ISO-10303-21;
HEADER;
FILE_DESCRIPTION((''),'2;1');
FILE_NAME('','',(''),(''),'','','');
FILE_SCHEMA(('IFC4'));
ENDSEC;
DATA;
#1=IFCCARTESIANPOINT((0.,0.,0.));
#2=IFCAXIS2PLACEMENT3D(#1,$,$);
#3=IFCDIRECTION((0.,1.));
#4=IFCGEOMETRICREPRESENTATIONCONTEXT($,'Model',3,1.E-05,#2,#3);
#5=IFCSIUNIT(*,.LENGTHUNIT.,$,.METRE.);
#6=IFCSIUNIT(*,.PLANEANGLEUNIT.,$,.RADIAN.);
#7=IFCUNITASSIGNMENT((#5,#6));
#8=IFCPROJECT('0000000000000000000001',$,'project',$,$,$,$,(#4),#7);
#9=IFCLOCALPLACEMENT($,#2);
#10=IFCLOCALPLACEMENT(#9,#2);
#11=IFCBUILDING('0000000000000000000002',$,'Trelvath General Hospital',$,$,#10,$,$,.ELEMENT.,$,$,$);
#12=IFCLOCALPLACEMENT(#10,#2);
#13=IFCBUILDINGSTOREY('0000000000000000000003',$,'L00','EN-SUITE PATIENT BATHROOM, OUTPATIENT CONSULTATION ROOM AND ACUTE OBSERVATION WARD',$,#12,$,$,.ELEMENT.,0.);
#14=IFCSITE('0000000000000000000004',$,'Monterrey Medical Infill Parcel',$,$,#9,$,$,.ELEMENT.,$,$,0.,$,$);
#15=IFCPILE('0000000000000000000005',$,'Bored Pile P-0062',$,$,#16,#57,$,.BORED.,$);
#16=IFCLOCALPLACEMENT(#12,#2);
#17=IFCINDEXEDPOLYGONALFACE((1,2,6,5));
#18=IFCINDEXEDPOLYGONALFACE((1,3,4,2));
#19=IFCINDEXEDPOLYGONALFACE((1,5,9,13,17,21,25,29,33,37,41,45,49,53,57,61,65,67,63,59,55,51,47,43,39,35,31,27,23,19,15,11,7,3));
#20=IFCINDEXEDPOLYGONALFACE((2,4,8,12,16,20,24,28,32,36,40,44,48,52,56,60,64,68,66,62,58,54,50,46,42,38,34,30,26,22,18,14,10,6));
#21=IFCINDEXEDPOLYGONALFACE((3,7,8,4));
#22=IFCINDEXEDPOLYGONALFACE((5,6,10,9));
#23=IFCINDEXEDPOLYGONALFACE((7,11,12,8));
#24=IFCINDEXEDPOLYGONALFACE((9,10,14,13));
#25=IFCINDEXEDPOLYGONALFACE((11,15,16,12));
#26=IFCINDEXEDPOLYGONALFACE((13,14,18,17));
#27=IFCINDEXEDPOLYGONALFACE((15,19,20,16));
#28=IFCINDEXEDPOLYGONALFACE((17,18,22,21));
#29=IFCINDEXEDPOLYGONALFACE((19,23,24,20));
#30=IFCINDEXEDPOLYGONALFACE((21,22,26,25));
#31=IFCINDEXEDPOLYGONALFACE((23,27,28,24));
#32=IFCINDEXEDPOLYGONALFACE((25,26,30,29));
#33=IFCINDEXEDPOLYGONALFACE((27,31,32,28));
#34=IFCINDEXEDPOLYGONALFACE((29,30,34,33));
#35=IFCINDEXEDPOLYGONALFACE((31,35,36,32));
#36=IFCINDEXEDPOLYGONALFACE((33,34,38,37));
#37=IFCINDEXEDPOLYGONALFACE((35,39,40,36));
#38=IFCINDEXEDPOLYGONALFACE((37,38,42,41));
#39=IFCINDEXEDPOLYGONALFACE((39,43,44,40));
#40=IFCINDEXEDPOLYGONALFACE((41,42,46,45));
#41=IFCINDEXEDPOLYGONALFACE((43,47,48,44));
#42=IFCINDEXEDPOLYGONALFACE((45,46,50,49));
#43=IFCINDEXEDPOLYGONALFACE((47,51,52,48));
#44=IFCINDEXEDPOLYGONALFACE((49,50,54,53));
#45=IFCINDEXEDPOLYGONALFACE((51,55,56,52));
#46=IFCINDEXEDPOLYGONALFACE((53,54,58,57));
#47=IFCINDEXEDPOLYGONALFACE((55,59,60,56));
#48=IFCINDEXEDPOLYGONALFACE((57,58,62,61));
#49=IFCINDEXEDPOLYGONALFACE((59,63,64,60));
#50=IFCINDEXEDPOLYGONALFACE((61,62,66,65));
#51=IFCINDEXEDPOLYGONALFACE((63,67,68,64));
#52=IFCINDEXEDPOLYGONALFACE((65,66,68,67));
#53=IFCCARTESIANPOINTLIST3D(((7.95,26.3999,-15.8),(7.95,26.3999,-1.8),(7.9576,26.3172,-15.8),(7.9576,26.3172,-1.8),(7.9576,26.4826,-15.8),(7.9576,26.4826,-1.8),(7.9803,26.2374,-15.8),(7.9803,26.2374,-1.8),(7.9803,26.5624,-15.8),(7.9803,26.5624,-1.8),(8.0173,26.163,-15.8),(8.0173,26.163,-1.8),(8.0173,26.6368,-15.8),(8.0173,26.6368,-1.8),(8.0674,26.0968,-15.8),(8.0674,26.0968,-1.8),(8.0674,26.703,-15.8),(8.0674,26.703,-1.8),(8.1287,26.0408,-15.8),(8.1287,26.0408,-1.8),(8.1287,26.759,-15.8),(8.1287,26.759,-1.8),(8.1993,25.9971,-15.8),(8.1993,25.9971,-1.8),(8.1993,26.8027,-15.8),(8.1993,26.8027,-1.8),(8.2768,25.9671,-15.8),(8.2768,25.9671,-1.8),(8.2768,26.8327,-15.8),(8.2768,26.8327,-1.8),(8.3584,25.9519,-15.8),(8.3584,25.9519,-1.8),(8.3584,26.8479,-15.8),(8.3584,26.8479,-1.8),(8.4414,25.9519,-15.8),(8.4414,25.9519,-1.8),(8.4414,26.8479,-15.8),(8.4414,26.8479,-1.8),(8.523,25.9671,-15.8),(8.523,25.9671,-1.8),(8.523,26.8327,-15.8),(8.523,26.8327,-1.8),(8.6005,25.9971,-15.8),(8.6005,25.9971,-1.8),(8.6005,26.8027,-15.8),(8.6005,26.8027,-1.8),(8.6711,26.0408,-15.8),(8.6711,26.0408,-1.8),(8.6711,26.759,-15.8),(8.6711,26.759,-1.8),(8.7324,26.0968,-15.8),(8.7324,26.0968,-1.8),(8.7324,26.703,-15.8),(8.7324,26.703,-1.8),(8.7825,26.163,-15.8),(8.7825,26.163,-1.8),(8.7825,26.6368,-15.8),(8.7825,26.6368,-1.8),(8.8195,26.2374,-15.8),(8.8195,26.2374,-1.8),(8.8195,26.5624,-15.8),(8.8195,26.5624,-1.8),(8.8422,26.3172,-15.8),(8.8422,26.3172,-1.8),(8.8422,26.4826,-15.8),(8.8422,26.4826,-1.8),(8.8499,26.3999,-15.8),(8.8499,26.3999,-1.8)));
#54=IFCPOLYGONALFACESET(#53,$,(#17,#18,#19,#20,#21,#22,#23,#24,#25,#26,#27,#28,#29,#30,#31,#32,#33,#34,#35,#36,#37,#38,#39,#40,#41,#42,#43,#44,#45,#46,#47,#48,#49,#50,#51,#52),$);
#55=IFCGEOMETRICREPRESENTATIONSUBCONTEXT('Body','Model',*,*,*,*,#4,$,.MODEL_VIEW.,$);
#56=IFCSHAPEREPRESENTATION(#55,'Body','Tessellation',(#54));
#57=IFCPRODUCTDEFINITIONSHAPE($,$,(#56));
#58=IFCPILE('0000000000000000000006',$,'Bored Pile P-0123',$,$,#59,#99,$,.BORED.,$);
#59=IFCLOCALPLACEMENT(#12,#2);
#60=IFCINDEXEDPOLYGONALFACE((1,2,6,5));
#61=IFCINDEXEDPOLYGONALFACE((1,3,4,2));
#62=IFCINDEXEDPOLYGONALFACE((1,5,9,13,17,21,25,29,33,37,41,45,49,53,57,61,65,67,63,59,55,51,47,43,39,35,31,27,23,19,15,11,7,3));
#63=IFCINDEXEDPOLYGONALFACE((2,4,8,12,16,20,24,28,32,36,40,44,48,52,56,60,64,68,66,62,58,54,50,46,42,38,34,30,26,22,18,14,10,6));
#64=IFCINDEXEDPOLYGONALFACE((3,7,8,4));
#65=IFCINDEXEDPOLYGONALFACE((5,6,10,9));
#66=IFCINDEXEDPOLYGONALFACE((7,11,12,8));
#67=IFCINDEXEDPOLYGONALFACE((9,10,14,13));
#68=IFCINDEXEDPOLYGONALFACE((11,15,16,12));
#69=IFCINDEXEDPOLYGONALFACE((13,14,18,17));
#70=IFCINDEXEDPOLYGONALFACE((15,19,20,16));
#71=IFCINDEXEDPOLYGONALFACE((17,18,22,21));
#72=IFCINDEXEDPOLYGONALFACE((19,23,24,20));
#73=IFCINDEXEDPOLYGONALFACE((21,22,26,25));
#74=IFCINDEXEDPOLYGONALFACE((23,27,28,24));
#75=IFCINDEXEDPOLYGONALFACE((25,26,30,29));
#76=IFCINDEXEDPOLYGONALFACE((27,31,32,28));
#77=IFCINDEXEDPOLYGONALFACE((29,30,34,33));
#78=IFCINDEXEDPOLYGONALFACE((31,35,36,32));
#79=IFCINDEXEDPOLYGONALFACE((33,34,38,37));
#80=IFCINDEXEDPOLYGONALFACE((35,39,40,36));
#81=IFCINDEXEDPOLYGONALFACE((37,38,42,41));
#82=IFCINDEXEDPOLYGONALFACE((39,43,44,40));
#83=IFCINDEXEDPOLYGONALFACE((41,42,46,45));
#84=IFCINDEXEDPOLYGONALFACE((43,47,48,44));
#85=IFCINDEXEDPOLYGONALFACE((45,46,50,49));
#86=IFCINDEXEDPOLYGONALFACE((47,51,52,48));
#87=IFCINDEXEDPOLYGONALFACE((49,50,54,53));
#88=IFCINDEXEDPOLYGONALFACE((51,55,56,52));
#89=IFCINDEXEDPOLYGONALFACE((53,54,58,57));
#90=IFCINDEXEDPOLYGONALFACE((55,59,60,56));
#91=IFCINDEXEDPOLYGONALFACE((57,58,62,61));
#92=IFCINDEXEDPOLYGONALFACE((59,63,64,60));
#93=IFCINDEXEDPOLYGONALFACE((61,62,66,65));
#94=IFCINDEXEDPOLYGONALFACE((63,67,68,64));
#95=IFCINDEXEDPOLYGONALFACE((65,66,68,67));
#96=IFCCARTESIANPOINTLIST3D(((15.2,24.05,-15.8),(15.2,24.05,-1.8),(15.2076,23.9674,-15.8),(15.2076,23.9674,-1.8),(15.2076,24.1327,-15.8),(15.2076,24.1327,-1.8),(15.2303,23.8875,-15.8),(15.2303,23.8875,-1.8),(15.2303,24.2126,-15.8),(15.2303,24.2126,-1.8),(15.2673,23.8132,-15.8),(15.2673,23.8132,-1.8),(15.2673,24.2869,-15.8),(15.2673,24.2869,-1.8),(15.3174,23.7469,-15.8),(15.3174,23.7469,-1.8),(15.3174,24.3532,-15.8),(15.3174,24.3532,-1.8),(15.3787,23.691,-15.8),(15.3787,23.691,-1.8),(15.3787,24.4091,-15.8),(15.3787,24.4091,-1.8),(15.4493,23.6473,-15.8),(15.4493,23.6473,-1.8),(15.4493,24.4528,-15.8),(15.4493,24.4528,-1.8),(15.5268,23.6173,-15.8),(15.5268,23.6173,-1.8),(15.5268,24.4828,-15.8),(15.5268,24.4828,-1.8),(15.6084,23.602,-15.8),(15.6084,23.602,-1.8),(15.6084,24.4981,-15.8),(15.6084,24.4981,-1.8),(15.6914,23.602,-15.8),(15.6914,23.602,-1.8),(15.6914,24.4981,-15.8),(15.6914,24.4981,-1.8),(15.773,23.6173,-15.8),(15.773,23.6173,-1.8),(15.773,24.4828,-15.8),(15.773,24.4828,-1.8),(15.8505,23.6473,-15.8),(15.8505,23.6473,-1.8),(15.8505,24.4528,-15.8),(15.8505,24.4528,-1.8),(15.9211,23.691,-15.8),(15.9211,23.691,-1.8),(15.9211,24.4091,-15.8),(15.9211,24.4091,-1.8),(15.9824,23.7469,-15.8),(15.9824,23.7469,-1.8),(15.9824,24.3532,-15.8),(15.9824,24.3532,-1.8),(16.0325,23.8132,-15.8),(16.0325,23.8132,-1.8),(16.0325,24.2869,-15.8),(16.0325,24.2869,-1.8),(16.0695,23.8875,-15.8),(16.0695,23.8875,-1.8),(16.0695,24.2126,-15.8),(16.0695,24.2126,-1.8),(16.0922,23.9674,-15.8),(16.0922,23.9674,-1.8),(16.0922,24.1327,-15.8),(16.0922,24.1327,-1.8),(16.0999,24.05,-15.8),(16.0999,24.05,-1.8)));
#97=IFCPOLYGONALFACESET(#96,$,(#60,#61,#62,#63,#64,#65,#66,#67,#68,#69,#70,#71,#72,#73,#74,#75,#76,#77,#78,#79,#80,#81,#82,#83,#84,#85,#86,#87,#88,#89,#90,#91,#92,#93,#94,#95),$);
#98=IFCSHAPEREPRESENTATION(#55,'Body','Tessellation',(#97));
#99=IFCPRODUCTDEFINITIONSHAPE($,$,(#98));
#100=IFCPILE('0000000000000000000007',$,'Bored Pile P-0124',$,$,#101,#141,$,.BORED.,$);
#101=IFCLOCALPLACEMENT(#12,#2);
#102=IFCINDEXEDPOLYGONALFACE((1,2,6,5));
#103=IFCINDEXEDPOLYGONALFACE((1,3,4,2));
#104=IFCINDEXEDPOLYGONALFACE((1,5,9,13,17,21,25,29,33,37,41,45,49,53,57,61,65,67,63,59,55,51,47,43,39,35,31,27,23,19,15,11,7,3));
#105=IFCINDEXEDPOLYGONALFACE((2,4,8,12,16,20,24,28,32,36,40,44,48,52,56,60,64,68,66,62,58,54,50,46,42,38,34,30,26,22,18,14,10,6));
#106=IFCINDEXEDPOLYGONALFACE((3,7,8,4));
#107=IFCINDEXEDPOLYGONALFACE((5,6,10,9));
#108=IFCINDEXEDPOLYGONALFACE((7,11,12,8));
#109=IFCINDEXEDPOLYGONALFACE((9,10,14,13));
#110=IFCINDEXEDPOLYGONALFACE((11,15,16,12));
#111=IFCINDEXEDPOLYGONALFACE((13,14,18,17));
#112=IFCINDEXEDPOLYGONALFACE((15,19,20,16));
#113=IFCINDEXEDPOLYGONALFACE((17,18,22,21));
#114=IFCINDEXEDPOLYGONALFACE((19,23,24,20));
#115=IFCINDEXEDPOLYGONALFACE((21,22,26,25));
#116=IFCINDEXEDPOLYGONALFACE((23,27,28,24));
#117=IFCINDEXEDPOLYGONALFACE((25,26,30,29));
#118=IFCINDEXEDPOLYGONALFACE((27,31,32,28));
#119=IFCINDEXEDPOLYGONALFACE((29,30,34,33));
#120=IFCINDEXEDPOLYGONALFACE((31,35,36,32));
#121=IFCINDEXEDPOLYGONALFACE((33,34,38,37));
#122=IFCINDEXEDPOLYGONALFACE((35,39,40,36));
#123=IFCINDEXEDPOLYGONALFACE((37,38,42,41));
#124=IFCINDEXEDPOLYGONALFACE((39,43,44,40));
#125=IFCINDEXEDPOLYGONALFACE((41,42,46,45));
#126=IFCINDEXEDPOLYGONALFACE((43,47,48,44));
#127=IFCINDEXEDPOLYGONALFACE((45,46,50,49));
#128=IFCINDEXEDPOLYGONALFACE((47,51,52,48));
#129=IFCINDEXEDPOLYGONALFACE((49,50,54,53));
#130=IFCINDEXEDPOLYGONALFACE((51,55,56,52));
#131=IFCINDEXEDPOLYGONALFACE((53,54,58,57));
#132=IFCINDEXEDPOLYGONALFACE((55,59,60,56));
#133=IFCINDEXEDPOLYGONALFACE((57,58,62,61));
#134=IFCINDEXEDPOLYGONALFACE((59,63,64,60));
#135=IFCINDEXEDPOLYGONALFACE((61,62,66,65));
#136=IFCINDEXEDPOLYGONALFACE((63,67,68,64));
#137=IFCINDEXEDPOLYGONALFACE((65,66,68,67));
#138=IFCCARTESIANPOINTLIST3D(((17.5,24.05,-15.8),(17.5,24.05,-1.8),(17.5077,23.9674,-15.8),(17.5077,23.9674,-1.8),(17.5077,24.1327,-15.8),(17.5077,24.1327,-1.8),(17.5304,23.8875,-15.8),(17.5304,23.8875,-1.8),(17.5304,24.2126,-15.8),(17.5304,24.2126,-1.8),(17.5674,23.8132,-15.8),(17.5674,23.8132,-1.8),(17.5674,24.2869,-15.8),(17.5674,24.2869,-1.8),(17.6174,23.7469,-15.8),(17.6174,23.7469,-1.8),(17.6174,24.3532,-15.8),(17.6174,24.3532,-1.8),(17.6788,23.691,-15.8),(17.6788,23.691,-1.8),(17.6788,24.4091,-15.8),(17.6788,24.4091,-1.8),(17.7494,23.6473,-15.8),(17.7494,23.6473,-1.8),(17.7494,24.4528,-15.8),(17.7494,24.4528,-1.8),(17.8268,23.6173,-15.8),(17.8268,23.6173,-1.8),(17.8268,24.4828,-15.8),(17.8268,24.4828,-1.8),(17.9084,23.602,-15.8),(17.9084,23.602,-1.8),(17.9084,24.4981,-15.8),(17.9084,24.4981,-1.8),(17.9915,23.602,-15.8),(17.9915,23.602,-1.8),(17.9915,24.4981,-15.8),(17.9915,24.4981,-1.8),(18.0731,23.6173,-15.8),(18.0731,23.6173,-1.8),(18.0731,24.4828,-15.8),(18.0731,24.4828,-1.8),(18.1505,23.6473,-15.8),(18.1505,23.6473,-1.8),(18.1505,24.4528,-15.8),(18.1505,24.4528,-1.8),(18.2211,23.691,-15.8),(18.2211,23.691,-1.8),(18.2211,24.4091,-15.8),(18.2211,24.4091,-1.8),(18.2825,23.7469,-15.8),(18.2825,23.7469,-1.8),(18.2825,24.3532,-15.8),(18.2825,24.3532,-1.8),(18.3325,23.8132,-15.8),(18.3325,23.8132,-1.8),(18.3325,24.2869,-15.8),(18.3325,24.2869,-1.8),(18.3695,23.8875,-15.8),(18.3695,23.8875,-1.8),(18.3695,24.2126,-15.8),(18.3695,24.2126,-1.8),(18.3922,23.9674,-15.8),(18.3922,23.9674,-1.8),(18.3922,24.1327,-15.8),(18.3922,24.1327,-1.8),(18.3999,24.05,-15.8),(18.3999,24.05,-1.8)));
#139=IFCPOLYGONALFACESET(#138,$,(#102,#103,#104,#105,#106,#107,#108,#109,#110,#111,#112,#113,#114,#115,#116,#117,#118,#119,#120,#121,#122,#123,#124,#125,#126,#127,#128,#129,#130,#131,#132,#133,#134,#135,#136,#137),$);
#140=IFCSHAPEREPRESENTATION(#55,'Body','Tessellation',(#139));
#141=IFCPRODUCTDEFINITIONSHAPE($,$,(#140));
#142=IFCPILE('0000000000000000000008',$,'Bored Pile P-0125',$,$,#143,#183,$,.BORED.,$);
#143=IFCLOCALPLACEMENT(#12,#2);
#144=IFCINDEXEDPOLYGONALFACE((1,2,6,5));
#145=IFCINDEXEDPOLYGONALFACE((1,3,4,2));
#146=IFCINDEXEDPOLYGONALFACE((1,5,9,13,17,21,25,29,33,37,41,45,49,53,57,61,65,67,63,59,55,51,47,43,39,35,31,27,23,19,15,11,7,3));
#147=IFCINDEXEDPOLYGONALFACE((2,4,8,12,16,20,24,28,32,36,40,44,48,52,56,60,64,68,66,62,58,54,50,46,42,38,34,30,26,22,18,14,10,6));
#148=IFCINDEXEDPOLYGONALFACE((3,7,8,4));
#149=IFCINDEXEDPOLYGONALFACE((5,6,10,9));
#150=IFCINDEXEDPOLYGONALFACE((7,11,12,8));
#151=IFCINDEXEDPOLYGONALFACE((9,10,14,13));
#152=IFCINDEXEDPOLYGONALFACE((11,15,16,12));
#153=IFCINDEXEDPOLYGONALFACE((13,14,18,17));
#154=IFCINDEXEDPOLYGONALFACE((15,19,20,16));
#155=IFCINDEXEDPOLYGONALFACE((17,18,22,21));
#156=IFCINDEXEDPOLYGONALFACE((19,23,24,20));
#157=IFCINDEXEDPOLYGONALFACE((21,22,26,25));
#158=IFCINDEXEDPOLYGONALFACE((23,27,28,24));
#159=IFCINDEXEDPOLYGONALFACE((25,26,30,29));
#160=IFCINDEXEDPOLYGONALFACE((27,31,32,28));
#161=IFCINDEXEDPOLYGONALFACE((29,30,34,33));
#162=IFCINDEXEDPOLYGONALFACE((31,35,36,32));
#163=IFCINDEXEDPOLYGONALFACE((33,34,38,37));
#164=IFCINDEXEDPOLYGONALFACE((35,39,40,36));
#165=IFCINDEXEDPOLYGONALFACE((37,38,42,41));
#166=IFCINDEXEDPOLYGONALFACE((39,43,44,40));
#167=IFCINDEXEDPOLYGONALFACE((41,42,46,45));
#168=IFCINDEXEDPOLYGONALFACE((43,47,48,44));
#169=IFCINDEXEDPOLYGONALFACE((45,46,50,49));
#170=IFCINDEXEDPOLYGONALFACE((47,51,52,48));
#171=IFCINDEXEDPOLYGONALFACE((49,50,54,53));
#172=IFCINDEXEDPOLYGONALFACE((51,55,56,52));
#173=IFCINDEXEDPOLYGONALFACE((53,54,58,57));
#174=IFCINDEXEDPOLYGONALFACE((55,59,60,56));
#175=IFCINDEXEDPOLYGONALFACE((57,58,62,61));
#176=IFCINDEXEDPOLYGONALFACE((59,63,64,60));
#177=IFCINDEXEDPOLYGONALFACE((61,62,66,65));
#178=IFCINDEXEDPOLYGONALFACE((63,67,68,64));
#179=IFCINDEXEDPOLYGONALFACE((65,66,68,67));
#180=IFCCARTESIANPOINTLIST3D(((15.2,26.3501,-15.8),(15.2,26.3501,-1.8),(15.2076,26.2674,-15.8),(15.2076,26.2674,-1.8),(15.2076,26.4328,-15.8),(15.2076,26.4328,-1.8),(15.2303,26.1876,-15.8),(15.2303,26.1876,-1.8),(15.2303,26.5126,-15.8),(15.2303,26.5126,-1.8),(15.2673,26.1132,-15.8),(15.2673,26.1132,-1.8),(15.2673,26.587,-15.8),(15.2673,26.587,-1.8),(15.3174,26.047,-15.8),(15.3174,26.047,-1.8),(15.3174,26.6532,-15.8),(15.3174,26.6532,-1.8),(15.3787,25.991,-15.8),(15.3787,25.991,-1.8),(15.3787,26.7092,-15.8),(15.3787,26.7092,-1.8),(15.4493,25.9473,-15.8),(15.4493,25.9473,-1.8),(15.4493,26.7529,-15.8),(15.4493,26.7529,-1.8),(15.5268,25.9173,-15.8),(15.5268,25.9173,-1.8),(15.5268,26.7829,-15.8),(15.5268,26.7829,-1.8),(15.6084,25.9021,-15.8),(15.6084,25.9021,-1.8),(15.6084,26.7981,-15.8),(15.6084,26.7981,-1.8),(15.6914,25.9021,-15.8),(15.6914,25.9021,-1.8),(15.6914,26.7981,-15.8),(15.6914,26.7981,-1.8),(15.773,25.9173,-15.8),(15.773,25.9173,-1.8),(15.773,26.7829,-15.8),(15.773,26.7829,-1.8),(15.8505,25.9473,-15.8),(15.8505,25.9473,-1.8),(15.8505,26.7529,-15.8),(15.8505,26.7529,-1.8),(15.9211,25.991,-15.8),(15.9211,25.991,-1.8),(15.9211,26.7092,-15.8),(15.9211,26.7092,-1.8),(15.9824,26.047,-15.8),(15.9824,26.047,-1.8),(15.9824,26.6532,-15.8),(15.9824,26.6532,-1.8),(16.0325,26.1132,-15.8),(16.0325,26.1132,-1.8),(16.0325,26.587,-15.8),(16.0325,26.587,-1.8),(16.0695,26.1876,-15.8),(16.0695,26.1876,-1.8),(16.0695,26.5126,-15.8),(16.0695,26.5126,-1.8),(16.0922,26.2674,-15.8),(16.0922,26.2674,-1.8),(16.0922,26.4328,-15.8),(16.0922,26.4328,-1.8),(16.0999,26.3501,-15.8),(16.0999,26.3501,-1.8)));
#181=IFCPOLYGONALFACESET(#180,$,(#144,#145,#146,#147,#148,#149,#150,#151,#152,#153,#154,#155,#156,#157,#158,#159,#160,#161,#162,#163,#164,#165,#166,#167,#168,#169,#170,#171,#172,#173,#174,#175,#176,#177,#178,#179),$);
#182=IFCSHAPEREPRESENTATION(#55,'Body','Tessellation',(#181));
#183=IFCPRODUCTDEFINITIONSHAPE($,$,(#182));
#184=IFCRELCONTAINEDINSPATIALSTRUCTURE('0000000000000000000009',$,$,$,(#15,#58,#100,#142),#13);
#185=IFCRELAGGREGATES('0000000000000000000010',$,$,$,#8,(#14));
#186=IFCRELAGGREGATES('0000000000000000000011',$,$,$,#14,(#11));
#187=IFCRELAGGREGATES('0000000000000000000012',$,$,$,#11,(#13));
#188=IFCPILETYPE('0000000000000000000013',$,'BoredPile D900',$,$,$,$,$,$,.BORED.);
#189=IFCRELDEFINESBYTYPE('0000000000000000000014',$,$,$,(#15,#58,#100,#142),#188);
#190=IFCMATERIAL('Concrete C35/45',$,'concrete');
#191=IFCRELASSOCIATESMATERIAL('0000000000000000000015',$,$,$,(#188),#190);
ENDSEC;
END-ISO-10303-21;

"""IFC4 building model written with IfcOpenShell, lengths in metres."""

from ifc_helpers import new_model, si_unit, direction, frame, origin, origin_2d, place, context, subcontext, project, spatial, circle, extrude, material, material_profile, profile_set, type_object, element, save


model = new_model("IFC4")

# Units and contexts
model_context = context("Model", 3, precision=1e-05, world=origin(), true_north=direction((0.0, 1.0)))
body_context = subcontext(model_context, "Body", "Model", "MODEL_VIEW")
ifc_project = project(units=[si_unit("LENGTHUNIT", "METRE"), si_unit("PLANEANGLEUNIT", "RADIAN")], contexts=[model_context])

# Site, building, storey
site_placement = place(None, origin())
site = spatial("IfcSite", under=ifc_project, at=site_placement, Name="Monterrey Medical Infill Parcel", CompositionType="ELEMENT", RefElevation=0.0)
building_placement = place(site_placement, origin())
building = spatial("IfcBuilding", under=site, at=building_placement, Name="Trelvath General Hospital", CompositionType="ELEMENT")
storey_placement = place(building_placement, origin())
storey = spatial("IfcBuildingStorey", under=building, at=storey_placement, Name="L00", Description="EN-SUITE PATIENT BATHROOM, OUTPATIENT CONSULTATION ROOM AND ACUTE OBSERVATION WARD", CompositionType="ELEMENT", Elevation=0.0)

# Piles
ifc_material_1 = material(Name="Concrete C35/45", Category="concrete")
ifc_material_profile_1 = material_profile(ifc_material_1, circle(Radius=0.45, at=origin_2d()), Name="PILE900")
ifc_profile_set_1 = profile_set([ifc_material_profile_1], Name="Concrete C35/45")
pile_type_1 = type_object("IfcPileType", Name="BoredPile D900", PredefinedType="BORED", material=ifc_profile_set_1)
for number, where, z_axis, x_axis, name in (
    (1, (8.3999, 26.3999, -1.8), (0.0, 0.0, -1.0), (1.0, 0.0, 0.0), "Bored Pile P-0062"),
    (2, (15.6499, 24.05, -1.8), (0.0, 0.0, -1.0), (1.0, 0.0, 0.0), "Bored Pile P-0123"),
    (3, (17.95, 24.05, -1.8), (0.0, 0.0, -1.0), (1.0, 0.0, 0.0), "Bored Pile P-0124"),
    (4, (15.6499, 26.3501, -1.8), (0.0, 0.0, -1.0), (1.0, 0.0, 0.0), "Bored Pile P-0125"),
):
    element("IfcPile", number, at=place(storey_placement, frame(where, z_axis=z_axis, x_axis=x_axis)), inside=storey, type_object=pile_type_1, Name=name, PredefinedType="BORED", context=body_context, shape_type="SweptSolid", body=[
        extrude(circle(Radius=0.45, at=origin_2d()), origin(), (0.0, 0.0, 1.0), 14.0),
    ])

save(model, "model.ifc")
